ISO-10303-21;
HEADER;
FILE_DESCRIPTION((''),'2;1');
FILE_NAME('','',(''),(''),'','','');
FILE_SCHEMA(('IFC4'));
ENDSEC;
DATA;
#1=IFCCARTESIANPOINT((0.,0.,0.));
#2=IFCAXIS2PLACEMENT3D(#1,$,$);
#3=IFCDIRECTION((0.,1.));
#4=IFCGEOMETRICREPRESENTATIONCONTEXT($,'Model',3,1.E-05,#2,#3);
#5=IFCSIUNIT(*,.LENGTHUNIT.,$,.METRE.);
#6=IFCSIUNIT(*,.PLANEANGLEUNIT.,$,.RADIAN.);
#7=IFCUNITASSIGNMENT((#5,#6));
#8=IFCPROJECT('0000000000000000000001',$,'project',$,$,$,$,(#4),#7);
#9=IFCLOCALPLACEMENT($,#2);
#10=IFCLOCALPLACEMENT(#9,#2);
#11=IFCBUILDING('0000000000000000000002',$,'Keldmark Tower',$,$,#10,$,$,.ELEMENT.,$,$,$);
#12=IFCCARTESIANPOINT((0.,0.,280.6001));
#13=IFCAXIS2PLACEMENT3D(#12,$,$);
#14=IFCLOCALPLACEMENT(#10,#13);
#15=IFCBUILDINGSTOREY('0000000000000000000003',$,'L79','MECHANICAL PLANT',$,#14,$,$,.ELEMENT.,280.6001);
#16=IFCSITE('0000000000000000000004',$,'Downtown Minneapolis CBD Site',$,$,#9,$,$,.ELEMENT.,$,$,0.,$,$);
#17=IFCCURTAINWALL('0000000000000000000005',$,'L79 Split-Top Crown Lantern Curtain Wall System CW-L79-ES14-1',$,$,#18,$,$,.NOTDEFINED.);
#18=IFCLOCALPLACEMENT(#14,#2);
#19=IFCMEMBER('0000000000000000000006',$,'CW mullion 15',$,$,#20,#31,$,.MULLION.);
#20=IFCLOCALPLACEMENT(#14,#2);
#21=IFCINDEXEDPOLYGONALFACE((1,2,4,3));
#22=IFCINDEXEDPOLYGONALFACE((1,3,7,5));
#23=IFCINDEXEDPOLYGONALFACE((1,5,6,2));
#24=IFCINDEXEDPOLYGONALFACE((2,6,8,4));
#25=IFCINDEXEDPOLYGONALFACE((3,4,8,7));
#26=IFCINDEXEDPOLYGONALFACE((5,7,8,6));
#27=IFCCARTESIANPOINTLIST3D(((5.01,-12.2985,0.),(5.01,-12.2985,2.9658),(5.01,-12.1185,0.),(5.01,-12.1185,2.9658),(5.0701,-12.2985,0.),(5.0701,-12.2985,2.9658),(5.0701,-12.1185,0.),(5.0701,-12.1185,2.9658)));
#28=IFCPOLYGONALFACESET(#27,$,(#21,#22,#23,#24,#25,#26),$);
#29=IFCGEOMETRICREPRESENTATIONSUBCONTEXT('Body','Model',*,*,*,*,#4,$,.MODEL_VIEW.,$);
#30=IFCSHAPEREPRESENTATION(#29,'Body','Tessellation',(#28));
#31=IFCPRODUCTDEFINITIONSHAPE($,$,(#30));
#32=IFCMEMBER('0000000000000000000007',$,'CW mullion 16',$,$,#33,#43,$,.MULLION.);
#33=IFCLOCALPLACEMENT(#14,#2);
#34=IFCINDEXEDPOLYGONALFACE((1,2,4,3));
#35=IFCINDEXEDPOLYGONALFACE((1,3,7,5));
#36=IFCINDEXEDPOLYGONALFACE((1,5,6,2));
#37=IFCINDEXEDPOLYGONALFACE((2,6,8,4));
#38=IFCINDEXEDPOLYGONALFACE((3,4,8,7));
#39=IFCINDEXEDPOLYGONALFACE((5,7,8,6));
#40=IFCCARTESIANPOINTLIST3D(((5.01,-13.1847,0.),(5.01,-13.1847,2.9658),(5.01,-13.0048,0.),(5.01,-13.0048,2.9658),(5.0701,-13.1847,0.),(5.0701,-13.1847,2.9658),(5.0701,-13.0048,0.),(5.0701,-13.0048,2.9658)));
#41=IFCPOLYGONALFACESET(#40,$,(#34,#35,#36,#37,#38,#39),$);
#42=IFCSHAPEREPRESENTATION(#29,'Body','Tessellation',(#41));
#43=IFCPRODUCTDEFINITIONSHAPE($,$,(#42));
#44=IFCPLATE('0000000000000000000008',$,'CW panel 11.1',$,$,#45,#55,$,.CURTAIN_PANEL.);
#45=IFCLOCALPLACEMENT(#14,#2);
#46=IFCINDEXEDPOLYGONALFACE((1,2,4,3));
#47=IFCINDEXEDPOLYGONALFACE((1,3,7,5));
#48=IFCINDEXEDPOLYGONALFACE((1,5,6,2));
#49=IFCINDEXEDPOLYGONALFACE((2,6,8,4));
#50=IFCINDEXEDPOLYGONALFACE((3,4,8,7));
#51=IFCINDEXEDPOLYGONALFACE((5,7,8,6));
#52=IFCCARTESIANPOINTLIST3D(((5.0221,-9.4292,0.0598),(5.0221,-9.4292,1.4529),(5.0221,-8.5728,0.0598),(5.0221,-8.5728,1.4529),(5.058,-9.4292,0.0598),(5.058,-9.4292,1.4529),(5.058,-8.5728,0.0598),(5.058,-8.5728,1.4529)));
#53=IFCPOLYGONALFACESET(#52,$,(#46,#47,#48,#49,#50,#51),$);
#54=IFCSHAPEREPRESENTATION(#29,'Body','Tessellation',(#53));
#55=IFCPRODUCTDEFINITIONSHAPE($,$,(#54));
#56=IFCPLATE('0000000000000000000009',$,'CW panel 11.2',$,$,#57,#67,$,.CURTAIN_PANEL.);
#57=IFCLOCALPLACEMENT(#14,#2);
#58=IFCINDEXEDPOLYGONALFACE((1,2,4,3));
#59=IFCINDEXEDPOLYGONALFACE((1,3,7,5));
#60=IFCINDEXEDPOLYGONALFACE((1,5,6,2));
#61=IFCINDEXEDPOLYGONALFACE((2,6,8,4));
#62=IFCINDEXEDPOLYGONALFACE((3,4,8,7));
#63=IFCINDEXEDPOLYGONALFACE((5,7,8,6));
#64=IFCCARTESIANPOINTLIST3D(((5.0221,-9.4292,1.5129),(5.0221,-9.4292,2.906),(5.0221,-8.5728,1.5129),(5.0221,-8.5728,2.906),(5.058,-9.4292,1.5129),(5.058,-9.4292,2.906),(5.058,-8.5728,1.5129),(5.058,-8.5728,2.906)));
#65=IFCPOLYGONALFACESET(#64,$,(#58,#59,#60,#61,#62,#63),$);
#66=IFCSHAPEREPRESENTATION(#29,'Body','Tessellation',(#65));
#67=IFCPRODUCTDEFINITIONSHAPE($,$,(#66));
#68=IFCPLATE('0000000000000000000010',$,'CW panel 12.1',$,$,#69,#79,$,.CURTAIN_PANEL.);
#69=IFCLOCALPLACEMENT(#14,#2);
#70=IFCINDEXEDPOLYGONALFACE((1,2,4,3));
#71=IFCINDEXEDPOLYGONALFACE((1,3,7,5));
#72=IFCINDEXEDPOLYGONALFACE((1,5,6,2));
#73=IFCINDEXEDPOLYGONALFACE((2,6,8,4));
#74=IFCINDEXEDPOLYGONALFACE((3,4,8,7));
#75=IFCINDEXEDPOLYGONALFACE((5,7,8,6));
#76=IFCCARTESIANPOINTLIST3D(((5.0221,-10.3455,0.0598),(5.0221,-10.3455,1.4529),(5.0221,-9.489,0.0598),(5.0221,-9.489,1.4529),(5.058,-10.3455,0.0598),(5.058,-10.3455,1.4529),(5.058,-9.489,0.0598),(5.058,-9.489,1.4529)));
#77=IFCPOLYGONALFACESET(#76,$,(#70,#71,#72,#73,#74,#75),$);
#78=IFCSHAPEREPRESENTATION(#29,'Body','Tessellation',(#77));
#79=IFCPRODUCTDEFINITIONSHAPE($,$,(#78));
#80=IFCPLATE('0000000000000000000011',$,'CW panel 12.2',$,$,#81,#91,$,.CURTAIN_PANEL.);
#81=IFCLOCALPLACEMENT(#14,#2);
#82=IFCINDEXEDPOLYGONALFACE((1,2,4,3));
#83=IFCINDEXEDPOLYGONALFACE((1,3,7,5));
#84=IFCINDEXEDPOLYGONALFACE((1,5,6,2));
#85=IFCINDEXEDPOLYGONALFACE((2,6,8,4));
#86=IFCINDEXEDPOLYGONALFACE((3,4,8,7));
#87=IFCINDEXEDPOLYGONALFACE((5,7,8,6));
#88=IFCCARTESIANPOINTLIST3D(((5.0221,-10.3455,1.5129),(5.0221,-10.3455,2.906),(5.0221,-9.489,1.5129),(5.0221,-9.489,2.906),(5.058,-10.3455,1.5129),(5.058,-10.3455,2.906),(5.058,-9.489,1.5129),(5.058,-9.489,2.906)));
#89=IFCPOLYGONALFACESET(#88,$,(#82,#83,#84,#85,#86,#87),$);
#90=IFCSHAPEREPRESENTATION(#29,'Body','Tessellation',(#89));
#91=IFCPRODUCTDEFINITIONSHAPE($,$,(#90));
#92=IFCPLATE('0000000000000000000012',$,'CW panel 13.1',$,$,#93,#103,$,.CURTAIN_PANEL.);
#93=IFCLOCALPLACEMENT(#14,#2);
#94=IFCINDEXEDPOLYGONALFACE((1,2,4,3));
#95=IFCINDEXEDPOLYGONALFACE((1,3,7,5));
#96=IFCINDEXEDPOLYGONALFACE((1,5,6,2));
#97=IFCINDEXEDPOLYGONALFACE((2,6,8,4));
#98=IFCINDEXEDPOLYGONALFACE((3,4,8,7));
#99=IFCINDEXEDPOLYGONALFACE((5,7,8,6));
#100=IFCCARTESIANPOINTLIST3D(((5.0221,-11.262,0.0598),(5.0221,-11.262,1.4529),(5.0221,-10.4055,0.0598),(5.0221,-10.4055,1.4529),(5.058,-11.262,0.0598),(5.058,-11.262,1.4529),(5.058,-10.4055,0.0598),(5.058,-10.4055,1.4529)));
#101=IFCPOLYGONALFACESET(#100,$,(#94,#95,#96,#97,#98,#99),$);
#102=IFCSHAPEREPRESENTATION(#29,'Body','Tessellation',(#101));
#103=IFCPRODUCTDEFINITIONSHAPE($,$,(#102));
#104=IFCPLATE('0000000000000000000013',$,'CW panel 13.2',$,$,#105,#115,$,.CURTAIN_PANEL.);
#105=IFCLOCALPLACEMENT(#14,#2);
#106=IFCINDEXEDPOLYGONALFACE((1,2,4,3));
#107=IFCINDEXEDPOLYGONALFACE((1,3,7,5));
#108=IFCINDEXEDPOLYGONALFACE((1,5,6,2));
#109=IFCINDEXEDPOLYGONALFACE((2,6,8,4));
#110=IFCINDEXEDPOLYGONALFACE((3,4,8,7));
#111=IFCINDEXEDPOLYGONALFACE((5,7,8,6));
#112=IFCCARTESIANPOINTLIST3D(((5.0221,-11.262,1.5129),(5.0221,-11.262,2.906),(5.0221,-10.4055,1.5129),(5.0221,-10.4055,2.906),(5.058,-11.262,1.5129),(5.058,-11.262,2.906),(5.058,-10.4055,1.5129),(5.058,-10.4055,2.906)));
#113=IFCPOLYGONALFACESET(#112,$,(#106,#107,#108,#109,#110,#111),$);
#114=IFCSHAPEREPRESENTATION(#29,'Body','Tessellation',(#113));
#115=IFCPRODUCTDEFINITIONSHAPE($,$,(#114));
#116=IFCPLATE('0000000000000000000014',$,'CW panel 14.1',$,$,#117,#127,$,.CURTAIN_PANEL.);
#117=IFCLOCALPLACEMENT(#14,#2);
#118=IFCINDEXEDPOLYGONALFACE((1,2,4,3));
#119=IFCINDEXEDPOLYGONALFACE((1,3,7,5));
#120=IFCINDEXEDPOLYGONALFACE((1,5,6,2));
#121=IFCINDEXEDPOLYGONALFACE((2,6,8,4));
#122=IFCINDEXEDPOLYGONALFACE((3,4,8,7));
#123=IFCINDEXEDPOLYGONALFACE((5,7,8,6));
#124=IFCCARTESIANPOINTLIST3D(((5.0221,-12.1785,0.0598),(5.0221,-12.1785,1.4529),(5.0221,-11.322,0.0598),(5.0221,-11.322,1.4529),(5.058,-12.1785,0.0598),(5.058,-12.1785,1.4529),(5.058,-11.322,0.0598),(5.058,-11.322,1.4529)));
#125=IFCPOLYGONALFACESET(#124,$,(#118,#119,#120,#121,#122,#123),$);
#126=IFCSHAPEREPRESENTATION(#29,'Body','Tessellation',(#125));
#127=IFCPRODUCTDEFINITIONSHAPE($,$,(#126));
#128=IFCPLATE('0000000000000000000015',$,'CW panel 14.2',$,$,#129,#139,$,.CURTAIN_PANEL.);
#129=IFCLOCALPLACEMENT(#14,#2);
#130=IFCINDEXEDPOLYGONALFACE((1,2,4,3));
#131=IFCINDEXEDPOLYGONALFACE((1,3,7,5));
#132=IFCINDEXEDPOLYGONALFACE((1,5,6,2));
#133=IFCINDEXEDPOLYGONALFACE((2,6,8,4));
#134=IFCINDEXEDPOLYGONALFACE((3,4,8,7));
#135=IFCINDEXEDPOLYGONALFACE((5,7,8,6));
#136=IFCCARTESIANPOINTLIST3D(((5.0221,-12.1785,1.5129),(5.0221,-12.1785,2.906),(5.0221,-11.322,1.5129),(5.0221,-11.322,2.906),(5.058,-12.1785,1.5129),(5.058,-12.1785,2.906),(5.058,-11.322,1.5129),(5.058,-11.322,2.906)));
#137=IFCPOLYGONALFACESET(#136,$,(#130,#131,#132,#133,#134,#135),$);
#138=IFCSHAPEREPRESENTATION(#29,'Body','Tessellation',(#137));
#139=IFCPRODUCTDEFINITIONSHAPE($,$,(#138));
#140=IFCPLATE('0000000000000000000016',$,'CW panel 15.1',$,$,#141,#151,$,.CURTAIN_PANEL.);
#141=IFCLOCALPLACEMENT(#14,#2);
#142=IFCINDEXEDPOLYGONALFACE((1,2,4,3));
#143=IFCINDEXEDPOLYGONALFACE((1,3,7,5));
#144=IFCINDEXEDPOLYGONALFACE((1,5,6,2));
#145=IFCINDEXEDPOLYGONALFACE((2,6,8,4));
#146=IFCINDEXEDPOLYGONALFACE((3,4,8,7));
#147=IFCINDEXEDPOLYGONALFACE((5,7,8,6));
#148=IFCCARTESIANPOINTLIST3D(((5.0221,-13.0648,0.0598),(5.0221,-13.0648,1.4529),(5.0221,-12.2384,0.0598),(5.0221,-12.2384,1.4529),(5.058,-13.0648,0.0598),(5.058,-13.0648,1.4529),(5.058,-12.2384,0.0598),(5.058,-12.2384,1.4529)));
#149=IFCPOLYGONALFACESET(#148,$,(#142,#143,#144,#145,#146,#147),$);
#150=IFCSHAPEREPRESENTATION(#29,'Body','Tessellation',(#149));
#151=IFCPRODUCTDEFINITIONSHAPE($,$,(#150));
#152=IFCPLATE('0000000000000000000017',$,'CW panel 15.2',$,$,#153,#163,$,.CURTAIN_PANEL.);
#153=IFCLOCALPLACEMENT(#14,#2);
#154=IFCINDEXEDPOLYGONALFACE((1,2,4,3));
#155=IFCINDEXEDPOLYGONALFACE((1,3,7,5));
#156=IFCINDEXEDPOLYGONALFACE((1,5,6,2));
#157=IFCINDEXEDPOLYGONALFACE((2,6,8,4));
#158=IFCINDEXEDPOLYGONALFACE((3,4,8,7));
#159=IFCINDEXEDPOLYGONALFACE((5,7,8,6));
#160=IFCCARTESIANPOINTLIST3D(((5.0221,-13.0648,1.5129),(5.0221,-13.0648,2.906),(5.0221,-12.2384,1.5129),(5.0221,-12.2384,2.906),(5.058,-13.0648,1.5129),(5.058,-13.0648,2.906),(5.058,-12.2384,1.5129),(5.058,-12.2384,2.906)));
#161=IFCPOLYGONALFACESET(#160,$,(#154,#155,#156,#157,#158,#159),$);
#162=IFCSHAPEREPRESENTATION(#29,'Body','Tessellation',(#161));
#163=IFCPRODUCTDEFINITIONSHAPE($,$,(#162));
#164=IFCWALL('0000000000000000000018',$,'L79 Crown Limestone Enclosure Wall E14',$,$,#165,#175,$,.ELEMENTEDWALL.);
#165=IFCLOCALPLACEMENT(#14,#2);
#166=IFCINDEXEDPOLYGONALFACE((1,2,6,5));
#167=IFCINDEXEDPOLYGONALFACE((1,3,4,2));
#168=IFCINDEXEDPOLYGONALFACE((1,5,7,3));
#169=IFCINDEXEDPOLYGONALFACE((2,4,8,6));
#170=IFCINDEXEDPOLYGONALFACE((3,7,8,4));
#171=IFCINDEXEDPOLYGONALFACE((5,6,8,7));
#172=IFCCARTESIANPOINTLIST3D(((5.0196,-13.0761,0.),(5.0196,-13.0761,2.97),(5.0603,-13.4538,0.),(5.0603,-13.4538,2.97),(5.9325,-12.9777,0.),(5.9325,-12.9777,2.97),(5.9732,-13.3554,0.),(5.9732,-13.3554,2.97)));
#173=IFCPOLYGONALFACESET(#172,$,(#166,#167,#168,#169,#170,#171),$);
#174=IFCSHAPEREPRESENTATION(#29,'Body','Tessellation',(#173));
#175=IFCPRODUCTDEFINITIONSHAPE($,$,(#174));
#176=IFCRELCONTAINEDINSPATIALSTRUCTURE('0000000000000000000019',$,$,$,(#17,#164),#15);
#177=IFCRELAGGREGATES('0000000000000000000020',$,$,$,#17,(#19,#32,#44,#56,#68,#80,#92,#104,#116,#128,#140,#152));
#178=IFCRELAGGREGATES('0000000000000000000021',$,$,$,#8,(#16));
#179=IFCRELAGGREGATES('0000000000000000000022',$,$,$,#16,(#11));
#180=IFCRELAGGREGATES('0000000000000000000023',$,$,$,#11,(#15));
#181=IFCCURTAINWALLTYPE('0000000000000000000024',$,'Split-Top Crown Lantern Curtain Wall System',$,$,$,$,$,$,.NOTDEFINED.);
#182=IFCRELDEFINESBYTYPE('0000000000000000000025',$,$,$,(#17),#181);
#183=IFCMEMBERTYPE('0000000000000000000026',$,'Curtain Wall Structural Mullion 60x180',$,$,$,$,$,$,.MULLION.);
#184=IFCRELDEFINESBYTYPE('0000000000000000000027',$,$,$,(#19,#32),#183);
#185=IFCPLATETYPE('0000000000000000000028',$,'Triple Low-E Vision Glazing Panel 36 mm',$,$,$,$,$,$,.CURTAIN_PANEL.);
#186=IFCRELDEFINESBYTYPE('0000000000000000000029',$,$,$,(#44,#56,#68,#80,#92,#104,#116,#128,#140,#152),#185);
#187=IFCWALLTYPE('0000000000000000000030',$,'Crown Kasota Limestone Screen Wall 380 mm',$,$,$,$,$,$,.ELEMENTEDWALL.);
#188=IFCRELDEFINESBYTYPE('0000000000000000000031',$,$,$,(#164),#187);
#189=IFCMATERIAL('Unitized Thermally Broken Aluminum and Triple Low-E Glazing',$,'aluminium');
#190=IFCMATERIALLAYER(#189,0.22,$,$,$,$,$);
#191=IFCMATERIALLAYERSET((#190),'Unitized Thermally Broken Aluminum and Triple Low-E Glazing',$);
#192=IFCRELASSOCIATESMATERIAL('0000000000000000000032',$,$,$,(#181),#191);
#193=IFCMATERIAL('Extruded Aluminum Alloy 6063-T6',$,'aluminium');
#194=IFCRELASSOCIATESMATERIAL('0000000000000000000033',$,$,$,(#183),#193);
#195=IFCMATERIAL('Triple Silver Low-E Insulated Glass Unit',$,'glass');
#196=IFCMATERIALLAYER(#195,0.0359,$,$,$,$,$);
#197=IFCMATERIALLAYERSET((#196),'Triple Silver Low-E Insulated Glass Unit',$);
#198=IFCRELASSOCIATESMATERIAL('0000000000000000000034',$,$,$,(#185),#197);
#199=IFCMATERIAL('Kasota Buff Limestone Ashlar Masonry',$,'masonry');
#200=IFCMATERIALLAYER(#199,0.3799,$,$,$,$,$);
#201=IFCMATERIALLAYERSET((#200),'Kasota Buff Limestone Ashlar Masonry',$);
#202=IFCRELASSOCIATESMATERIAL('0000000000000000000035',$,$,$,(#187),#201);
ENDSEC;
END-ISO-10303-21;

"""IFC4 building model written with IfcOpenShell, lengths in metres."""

from ifc_helpers import new_model, si_unit, direction, frame, frame_2d, origin, origin_2d, place, context, subcontext, project, spatial, rectangle, extrude, material, layer, layer_set, material_profile, profile_set, type_object, element, aggregate, save


model = new_model("IFC4")

# Units and contexts
model_context = context("Model", 3, precision=1e-05, world=origin(), true_north=direction((0.0, 1.0)))
body_context = subcontext(model_context, "Body", "Model", "MODEL_VIEW")
ifc_project = project(units=[si_unit("LENGTHUNIT", "METRE"), si_unit("PLANEANGLEUNIT", "RADIAN")], contexts=[model_context])

# Site, building, storey
site_placement = place(None, origin())
site = spatial("IfcSite", under=ifc_project, at=site_placement, Name="Downtown Minneapolis CBD Site", CompositionType="ELEMENT", RefElevation=0.0)
building_placement = place(site_placement, origin())
building = spatial("IfcBuilding", under=site, at=building_placement, Name="Keldmark Tower", CompositionType="ELEMENT")
storey_placement = place(building_placement, frame((0.0, 0.0, 280.6001)))
storey = spatial("IfcBuildingStorey", under=building, at=storey_placement, Name="L79", Description="MECHANICAL PLANT", CompositionType="ELEMENT", Elevation=280.6001)

# Curtain wall, members, plates
ifc_material_1 = material(Name="Unitized Thermally Broken Aluminum and Triple Low-E Glazing", Category="aluminium")
ifc_layer_1 = layer(ifc_material_1, 0.22)
ifc_layer_set_1 = layer_set([ifc_layer_1], Name="Unitized Thermally Broken Aluminum and Triple Low-E Glazing")
curtain_wall_type = type_object("IfcCurtainWallType", Name="Split-Top Crown Lantern Curtain Wall System", PredefinedType="NOTDEFINED", material=ifc_layer_set_1)
curtain_wall_placement = place(storey_placement, origin())
curtain_wall = element("IfcCurtainWall", 1, at=curtain_wall_placement, inside=storey, type_object=curtain_wall_type, Name="L79 Split-Top Crown Lantern Curtain Wall System CW-L79-ES14-1", PredefinedType="NOTDEFINED")
ifc_material_2 = material(Name="Extruded Aluminum Alloy 6063-T6", Category="aluminium")
ifc_material_profile_1 = material_profile(ifc_material_2, rectangle(XDim=0.0601, YDim=0.1799, at=origin_2d()), Name="CWM60X180")
ifc_profile_set_1 = profile_set([ifc_material_profile_1], Name="Extruded Aluminum Alloy 6063-T6")
member_type_1 = type_object("IfcMemberType", Name="Curtain Wall Structural Mullion 60x180", PredefinedType="MULLION", material=ifc_profile_set_1)
member_1_placement = place(storey_placement, frame((5.04, -12.2085, 0.0), z_axis=(0.0, 0.0, 1.0), x_axis=(1.0, 0.0, 0.0)))
member_1 = element("IfcMember", 2, at=member_1_placement, type_object=member_type_1, Name="CW mullion 15", PredefinedType="MULLION", context=body_context, shape_type="SweptSolid", body=[
    extrude(rectangle(XDim=0.0601, YDim=0.1799, at=origin_2d()), origin(), (0.0, 0.0, 1.0), 2.9658),
])
member_2_placement = place(storey_placement, frame((5.04, -13.0947, 0.0), z_axis=(0.0, 0.0, 1.0), x_axis=(1.0, 0.0, 0.0)))
member_2 = element("IfcMember", 3, at=member_2_placement, type_object=member_type_1, Name="CW mullion 16", PredefinedType="MULLION", context=body_context, shape_type="SweptSolid", body=[
    extrude(rectangle(XDim=0.0601, YDim=0.1799, at=origin_2d()), origin(), (0.0, 0.0, 1.0), 2.9658),
])
ifc_material_3 = material(Name="Triple Silver Low-E Insulated Glass Unit", Category="glass")
ifc_layer_2 = layer(ifc_material_3, 0.0359)
ifc_layer_set_2 = layer_set([ifc_layer_2], Name="Triple Silver Low-E Insulated Glass Unit")
plate_type = type_object("IfcPlateType", Name="Triple Low-E Vision Glazing Panel 36 mm", PredefinedType="CURTAIN_PANEL", material=ifc_layer_set_2)
plate_1_placement = place(storey_placement, frame((5.04, -9.001, 0.0598), z_axis=(0.0, 0.0, 1.0), x_axis=(0.0, -1.0, 0.0)))
plate_1 = element("IfcPlate", 4, at=plate_1_placement, type_object=plate_type, Name="CW panel 11.1", PredefinedType="CURTAIN_PANEL", context=body_context, shape_type="SweptSolid", body=[
    extrude(rectangle(XDim=0.8564, YDim=0.0359, at=origin_2d()), origin(), (0.0, 0.0, 1.0), 1.3931),
])
plate_2_placement = place(storey_placement, frame((5.04, -9.001, 1.5129), z_axis=(0.0, 0.0, 1.0), x_axis=(0.0, -1.0, 0.0)))
plate_2 = element("IfcPlate", 5, at=plate_2_placement, type_object=plate_type, Name="CW panel 11.2", PredefinedType="CURTAIN_PANEL", context=body_context, shape_type="SweptSolid", body=[
    extrude(rectangle(XDim=0.8564, YDim=0.0359, at=origin_2d()), origin(), (0.0, 0.0, 1.0), 1.3931),
])
plate_3_placement = place(storey_placement, frame((5.04, -9.9172, 0.0598), z_axis=(0.0, 0.0, 1.0), x_axis=(0.0, -1.0, 0.0)))
plate_3 = element("IfcPlate", 6, at=plate_3_placement, type_object=plate_type, Name="CW panel 12.1", PredefinedType="CURTAIN_PANEL", context=body_context, shape_type="SweptSolid", body=[
    extrude(rectangle(XDim=0.8564, YDim=0.0359, at=origin_2d()), origin(), (0.0, 0.0, 1.0), 1.3931),
])
plate_4_placement = place(storey_placement, frame((5.04, -9.9172, 1.5129), z_axis=(0.0, 0.0, 1.0), x_axis=(0.0, -1.0, 0.0)))
plate_4 = element("IfcPlate", 7, at=plate_4_placement, type_object=plate_type, Name="CW panel 12.2", PredefinedType="CURTAIN_PANEL", context=body_context, shape_type="SweptSolid", body=[
    extrude(rectangle(XDim=0.8564, YDim=0.0359, at=origin_2d()), origin(), (0.0, 0.0, 1.0), 1.3931),
])
plate_5_placement = place(storey_placement, frame((5.04, -10.8337, 0.0598), z_axis=(0.0, 0.0, 1.0), x_axis=(0.0, -1.0, 0.0)))
plate_5 = element("IfcPlate", 8, at=plate_5_placement, type_object=plate_type, Name="CW panel 13.1", PredefinedType="CURTAIN_PANEL", context=body_context, shape_type="SweptSolid", body=[
    extrude(rectangle(XDim=0.8564, YDim=0.0359, at=origin_2d()), origin(), (0.0, 0.0, 1.0), 1.3931),
])
plate_6_placement = place(storey_placement, frame((5.04, -10.8337, 1.5129), z_axis=(0.0, 0.0, 1.0), x_axis=(0.0, -1.0, 0.0)))
plate_6 = element("IfcPlate", 9, at=plate_6_placement, type_object=plate_type, Name="CW panel 13.2", PredefinedType="CURTAIN_PANEL", context=body_context, shape_type="SweptSolid", body=[
    extrude(rectangle(XDim=0.8564, YDim=0.0359, at=origin_2d()), origin(), (0.0, 0.0, 1.0), 1.3931),
])
plate_7_placement = place(storey_placement, frame((5.04, -11.7502, 0.0598), z_axis=(0.0, 0.0, 1.0), x_axis=(0.0, -1.0, 0.0)))
plate_7 = element("IfcPlate", 10, at=plate_7_placement, type_object=plate_type, Name="CW panel 14.1", PredefinedType="CURTAIN_PANEL", context=body_context, shape_type="SweptSolid", body=[
    extrude(rectangle(XDim=0.8564, YDim=0.0359, at=origin_2d()), origin(), (0.0, 0.0, 1.0), 1.3931),
])
plate_8_placement = place(storey_placement, frame((5.04, -11.7502, 1.5129), z_axis=(0.0, 0.0, 1.0), x_axis=(0.0, -1.0, 0.0)))
plate_8 = element("IfcPlate", 11, at=plate_8_placement, type_object=plate_type, Name="CW panel 14.2", PredefinedType="CURTAIN_PANEL", context=body_context, shape_type="SweptSolid", body=[
    extrude(rectangle(XDim=0.8564, YDim=0.0359, at=origin_2d()), origin(), (0.0, 0.0, 1.0), 1.3931),
])
plate_9_placement = place(storey_placement, frame((5.04, -12.6516, 0.0598), z_axis=(0.0, 0.0, 1.0), x_axis=(0.0, -1.0, 0.0)))
plate_9 = element("IfcPlate", 12, at=plate_9_placement, type_object=plate_type, Name="CW panel 15.1", PredefinedType="CURTAIN_PANEL", context=body_context, shape_type="SweptSolid", body=[
    extrude(rectangle(XDim=0.8264, YDim=0.0359, at=origin_2d()), origin(), (0.0, 0.0, 1.0), 1.3931),
])
plate_10_placement = place(storey_placement, frame((5.04, -12.6516, 1.5129), z_axis=(0.0, 0.0, 1.0), x_axis=(0.0, -1.0, 0.0)))
plate_10 = element("IfcPlate", 13, at=plate_10_placement, type_object=plate_type, Name="CW panel 15.2", PredefinedType="CURTAIN_PANEL", context=body_context, shape_type="SweptSolid", body=[
    extrude(rectangle(XDim=0.8264, YDim=0.0359, at=origin_2d()), origin(), (0.0, 0.0, 1.0), 1.3931),
])
aggregate(curtain_wall, [member_1, member_2, plate_1, plate_2, plate_3, plate_4, plate_5, plate_6, plate_7, plate_8, plate_9, plate_10])

# Wall
ifc_material_4 = material(Name="Kasota Buff Limestone Ashlar Masonry", Category="masonry")
ifc_layer_3 = layer(ifc_material_4, 0.3799)
ifc_layer_set_3 = layer_set([ifc_layer_3], Name="Kasota Buff Limestone Ashlar Masonry")
wall_type = type_object("IfcWallType", Name="Crown Kasota Limestone Screen Wall 380 mm", PredefinedType="ELEMENTEDWALL", material=ifc_layer_set_3)
wall_placement = place(storey_placement, frame((5.04, -13.2649, 0.0), z_axis=(0.0, 0.0, 1.0), x_axis=(0.994242, 0.107162, 0.0)))
element("IfcWall", 14, at=wall_placement, inside=storey, type_object=wall_type, Name="L79 Crown Limestone Enclosure Wall E14", PredefinedType="ELEMENTEDWALL", context=body_context, shape_type="SweptSolid", body=[
    extrude(rectangle(XDim=0.9182, YDim=0.3799, at=frame_2d((0.459, 0.0))), origin(), (0.0, 0.0, 1.0), 2.97),
])

save(model, "model.ifc")
